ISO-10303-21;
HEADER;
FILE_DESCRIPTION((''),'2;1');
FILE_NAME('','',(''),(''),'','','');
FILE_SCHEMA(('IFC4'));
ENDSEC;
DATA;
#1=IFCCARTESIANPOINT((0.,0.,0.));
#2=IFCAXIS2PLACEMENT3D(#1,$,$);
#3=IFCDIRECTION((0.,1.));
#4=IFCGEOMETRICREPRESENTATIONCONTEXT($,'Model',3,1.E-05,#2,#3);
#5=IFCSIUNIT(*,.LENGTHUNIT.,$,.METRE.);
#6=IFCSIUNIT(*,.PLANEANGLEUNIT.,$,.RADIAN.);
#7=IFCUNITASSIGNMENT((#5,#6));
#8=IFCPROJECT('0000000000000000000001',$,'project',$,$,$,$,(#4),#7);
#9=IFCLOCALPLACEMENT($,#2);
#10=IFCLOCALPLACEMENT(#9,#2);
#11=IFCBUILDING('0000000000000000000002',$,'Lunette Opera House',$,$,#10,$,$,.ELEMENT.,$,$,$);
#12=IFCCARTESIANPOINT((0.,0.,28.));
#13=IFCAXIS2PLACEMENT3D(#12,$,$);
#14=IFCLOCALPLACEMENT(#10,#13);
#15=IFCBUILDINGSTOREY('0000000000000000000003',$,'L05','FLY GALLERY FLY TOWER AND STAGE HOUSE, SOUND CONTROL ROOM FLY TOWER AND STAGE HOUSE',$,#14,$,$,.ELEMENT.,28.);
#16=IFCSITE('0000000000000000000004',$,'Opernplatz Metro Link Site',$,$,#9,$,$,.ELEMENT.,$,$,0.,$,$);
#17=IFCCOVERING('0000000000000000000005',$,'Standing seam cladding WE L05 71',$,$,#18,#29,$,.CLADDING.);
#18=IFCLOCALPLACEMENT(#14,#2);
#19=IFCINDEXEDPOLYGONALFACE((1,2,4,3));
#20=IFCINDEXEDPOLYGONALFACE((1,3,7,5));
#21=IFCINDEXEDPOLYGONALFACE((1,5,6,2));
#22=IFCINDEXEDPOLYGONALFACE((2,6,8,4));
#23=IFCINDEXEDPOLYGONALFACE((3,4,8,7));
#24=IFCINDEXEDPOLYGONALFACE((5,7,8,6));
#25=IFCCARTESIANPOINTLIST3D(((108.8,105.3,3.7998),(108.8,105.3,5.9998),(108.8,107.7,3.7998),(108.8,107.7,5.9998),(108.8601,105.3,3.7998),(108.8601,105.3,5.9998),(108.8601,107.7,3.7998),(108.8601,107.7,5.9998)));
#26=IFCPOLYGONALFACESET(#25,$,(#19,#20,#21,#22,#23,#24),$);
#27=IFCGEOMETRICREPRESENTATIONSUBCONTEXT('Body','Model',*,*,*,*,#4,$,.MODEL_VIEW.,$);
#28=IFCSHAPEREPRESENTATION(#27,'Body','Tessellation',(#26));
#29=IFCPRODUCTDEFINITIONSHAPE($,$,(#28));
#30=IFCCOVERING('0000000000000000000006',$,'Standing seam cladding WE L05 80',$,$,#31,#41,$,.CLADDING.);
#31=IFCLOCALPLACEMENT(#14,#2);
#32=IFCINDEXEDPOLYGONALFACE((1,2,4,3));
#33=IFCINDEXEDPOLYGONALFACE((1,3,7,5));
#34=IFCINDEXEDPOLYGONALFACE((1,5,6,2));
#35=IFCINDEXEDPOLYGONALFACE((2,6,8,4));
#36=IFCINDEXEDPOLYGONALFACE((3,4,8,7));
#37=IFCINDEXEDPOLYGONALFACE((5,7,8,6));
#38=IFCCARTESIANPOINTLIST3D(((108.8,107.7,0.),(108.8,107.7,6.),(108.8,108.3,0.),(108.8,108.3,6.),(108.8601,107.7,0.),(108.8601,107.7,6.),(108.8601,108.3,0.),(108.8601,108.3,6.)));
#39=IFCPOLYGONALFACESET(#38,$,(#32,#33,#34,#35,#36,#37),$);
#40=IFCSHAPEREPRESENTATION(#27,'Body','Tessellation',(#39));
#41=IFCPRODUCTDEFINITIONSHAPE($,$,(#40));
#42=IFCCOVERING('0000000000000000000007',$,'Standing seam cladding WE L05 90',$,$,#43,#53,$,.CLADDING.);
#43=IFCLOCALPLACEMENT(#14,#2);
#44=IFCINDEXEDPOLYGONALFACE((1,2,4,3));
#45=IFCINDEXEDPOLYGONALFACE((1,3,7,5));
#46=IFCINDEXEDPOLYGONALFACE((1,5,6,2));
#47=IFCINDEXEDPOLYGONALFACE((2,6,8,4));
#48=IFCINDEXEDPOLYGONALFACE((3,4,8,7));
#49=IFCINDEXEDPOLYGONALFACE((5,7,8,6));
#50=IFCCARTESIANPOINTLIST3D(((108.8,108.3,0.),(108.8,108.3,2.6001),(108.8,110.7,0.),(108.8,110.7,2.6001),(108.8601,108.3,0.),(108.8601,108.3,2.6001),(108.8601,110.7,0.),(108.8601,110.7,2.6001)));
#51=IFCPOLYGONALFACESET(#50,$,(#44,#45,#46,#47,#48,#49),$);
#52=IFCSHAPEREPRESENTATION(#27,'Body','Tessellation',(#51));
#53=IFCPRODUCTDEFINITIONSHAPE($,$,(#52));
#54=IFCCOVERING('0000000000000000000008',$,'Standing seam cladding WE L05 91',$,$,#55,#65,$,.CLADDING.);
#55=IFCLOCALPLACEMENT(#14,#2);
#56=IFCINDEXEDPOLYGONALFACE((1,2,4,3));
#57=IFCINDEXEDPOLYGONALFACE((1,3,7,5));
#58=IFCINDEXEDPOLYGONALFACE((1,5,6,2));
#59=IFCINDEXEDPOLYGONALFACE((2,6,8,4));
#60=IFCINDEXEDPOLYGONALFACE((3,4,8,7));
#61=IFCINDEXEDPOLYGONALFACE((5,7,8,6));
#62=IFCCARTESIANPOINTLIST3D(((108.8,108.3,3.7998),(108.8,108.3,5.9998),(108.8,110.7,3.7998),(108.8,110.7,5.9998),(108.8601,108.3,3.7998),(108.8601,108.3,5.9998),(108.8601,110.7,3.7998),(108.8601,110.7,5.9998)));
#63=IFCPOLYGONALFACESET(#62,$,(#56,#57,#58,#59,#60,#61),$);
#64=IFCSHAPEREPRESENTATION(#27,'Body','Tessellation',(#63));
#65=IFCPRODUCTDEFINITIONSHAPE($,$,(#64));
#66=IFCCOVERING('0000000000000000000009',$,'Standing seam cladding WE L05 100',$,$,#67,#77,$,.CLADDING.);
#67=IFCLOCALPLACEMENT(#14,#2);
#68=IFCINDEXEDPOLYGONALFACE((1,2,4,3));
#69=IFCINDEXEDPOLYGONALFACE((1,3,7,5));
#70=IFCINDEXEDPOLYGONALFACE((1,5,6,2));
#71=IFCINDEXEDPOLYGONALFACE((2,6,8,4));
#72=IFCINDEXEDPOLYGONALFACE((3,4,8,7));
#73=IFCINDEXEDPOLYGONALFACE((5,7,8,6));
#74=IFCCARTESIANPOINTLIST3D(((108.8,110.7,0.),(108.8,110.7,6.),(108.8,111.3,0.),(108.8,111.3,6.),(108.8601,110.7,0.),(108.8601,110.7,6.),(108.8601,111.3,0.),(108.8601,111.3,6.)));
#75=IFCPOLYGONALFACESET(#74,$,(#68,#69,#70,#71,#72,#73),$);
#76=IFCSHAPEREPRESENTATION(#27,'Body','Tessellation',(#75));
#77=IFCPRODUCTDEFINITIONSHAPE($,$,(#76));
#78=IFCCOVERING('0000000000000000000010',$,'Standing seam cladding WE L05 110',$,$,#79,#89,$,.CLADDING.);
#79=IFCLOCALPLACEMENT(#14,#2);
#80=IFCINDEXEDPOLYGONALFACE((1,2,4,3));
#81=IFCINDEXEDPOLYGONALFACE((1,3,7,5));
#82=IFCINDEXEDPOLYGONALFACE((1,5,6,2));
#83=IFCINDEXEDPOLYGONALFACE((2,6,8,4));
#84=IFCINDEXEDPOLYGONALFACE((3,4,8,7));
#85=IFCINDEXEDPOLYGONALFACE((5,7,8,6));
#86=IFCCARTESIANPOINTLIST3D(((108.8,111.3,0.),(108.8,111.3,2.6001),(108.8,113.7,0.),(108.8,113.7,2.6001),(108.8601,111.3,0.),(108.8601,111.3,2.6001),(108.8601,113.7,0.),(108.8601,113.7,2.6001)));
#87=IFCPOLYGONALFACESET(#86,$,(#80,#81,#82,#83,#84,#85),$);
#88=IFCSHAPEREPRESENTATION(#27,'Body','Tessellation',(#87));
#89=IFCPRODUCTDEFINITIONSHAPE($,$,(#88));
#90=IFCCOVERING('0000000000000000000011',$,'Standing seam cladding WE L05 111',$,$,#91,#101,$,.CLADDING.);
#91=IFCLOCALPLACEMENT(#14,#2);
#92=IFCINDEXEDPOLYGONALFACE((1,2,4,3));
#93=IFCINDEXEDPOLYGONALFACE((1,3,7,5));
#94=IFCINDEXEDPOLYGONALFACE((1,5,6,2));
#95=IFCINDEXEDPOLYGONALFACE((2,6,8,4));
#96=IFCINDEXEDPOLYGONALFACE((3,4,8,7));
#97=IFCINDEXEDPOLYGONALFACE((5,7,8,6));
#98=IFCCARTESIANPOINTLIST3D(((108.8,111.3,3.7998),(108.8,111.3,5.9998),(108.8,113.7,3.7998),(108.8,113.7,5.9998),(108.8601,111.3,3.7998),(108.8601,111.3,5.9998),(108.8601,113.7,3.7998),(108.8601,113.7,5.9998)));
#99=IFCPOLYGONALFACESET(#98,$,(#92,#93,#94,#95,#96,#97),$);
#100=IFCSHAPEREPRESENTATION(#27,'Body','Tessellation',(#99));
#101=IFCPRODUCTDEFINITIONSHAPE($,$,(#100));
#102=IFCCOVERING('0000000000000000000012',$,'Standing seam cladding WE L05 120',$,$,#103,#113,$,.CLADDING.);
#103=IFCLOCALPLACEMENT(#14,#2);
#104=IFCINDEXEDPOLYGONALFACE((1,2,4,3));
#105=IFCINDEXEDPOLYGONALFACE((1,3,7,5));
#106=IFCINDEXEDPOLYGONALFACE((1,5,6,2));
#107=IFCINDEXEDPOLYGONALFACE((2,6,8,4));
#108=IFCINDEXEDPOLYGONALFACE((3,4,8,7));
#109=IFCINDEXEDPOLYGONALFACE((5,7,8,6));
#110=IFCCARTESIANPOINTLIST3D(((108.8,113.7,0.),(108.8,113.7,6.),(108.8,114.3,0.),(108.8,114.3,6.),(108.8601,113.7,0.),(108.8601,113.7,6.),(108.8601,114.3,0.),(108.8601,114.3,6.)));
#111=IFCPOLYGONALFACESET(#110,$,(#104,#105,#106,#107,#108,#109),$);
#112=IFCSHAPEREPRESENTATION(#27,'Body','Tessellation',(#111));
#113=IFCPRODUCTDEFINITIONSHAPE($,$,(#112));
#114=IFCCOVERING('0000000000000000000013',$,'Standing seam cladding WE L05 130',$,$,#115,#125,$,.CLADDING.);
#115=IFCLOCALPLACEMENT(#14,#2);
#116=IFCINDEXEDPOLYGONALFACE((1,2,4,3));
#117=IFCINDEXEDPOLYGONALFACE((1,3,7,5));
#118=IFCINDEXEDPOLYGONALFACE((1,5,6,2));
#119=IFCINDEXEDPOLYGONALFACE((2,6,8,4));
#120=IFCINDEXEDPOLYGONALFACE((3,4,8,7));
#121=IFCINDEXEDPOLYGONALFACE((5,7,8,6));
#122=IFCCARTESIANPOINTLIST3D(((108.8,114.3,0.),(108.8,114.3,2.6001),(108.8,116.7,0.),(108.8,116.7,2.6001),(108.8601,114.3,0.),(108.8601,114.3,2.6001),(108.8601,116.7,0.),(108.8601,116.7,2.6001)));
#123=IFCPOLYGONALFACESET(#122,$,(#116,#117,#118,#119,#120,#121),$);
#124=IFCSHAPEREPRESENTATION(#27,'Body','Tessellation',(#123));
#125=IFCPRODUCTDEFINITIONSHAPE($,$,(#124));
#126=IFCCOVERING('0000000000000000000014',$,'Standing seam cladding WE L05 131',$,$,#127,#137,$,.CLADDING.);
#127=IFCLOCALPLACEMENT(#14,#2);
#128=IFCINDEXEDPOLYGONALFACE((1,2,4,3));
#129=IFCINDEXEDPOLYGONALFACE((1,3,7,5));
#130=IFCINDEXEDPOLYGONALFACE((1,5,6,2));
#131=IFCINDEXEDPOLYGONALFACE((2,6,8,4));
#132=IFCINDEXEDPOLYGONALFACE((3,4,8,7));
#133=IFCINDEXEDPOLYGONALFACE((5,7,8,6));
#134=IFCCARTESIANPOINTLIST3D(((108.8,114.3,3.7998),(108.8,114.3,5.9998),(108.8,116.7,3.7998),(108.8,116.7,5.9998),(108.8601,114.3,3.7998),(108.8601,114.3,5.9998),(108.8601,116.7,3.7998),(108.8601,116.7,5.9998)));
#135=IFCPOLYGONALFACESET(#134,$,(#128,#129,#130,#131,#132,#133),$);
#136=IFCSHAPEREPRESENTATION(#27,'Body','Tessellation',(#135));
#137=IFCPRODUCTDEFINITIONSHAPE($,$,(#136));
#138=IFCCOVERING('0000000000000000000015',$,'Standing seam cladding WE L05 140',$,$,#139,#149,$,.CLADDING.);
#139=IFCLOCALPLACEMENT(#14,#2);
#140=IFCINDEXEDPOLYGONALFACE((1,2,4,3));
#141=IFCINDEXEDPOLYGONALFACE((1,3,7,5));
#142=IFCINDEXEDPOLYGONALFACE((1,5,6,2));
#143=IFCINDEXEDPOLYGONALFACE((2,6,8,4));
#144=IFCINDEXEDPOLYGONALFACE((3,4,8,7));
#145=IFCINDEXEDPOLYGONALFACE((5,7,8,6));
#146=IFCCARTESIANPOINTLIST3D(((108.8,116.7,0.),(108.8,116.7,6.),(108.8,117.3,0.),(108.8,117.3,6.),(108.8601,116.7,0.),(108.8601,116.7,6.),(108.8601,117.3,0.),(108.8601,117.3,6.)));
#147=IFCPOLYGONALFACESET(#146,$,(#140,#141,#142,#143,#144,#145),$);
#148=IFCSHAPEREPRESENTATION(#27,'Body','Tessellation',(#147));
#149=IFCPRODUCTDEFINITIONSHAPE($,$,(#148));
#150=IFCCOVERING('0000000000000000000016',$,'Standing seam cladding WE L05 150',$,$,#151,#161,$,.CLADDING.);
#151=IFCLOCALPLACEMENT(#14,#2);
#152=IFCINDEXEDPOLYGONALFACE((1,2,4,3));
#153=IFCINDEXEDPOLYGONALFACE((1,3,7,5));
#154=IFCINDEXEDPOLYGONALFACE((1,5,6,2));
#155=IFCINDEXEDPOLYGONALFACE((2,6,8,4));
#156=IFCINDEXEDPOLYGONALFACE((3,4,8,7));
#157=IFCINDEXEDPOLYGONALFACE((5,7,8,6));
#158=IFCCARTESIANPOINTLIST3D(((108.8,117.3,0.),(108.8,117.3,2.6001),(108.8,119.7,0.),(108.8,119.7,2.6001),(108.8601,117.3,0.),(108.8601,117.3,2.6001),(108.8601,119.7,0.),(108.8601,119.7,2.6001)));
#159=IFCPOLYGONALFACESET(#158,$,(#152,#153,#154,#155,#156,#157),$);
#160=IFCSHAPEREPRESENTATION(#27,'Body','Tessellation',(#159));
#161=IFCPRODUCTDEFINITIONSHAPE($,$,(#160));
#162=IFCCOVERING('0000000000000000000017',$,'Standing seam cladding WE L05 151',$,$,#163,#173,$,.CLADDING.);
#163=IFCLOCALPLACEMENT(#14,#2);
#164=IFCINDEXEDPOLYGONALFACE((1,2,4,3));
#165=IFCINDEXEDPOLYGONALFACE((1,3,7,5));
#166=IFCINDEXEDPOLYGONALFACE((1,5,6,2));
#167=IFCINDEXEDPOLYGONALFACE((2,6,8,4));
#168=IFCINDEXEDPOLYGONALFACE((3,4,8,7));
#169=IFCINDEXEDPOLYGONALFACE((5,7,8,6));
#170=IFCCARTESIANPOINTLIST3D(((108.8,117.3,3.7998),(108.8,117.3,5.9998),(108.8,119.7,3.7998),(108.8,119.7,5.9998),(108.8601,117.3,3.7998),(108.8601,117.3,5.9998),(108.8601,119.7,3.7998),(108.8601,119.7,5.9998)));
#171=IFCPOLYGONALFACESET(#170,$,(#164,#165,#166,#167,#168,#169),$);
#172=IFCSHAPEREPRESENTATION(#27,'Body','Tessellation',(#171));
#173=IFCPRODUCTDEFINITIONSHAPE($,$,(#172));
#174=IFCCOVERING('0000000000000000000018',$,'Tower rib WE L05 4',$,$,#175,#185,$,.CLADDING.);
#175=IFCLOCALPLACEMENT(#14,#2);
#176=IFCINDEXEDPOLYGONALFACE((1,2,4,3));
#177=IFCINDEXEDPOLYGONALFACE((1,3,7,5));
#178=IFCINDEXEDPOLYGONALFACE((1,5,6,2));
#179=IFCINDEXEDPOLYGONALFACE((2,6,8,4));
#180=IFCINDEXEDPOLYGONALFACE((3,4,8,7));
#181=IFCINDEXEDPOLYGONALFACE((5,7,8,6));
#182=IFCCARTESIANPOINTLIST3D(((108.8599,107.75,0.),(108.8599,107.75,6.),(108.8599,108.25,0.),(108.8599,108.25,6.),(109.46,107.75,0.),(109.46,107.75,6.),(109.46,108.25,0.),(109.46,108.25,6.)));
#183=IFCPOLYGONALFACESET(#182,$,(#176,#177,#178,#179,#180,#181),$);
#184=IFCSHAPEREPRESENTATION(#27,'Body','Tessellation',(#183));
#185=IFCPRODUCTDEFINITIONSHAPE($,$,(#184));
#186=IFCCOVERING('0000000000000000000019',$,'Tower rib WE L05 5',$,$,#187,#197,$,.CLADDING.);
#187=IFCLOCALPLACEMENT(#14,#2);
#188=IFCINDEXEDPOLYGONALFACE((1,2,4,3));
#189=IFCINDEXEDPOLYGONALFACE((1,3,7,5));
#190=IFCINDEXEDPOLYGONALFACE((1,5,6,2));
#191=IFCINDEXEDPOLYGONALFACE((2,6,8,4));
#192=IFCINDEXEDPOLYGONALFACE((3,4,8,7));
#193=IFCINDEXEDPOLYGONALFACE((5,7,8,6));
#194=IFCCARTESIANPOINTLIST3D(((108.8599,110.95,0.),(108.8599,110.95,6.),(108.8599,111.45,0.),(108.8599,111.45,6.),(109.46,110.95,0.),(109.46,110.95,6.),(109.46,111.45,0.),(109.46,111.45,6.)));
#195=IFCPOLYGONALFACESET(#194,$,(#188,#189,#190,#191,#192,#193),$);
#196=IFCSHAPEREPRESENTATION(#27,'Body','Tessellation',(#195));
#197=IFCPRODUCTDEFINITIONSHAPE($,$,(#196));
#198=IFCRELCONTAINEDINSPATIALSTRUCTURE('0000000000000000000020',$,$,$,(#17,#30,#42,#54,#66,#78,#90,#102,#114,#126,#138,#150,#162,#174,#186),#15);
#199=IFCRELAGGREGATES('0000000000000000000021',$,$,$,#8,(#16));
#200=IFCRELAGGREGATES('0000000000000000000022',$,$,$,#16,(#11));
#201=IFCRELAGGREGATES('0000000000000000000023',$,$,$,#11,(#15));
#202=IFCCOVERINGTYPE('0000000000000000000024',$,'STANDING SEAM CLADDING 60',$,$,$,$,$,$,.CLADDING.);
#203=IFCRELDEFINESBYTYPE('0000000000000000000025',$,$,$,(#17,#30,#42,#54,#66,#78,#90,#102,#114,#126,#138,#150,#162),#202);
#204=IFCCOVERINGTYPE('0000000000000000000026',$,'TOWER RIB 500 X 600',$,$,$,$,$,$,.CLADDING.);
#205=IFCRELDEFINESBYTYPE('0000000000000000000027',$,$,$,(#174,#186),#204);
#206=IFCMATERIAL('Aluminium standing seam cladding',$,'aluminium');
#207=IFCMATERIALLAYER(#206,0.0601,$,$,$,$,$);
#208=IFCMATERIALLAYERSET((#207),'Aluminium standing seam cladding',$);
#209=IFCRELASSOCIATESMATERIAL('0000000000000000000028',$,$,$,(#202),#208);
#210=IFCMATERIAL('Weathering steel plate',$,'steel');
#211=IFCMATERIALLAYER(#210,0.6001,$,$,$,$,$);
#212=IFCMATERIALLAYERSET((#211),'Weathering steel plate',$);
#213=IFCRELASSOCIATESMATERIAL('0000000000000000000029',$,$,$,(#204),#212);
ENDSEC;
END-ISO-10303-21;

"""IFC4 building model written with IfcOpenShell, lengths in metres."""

from ifc_helpers import new_model, si_unit, direction, frame, origin, origin_2d, place, context, subcontext, project, spatial, rectangle, extrude, material, layer, layer_set, type_object, element, save


model = new_model("IFC4")

# Units and contexts
model_context = context("Model", 3, precision=1e-05, world=origin(), true_north=direction((0.0, 1.0)))
body_context = subcontext(model_context, "Body", "Model", "MODEL_VIEW")
ifc_project = project(units=[si_unit("LENGTHUNIT", "METRE"), si_unit("PLANEANGLEUNIT", "RADIAN")], contexts=[model_context])

# Site, building, storey
site_placement = place(None, origin())
site = spatial("IfcSite", under=ifc_project, at=site_placement, Name="Opernplatz Metro Link Site", CompositionType="ELEMENT", RefElevation=0.0)
building_placement = place(site_placement, origin())
building = spatial("IfcBuilding", under=site, at=building_placement, Name="Lunette Opera House", CompositionType="ELEMENT")
storey_placement = place(building_placement, frame((0.0, 0.0, 28.0)))
storey = spatial("IfcBuildingStorey", under=building, at=storey_placement, Name="L05", Description="FLY GALLERY FLY TOWER AND STAGE HOUSE, SOUND CONTROL ROOM FLY TOWER AND STAGE HOUSE", CompositionType="ELEMENT", Elevation=28.0)

# Coverings
ifc_material_1 = material(Name="Aluminium standing seam cladding", Category="aluminium")
ifc_layer_1 = layer(ifc_material_1, 0.0601)
ifc_layer_set_1 = layer_set([ifc_layer_1], Name="Aluminium standing seam cladding")
covering_type_1 = type_object("IfcCoveringType", Name="STANDING SEAM CLADDING 60", PredefinedType="CLADDING", material=ifc_layer_set_1)
covering_1_placement = place(storey_placement, frame((108.8301, 106.5, 3.7998), z_axis=(0.0, 0.0, 1.0), x_axis=(0.0, 1.0, 0.0)))
element("IfcCovering", 1, at=covering_1_placement, inside=storey, type_object=covering_type_1, Name="Standing seam cladding WE L05 71", PredefinedType="CLADDING", context=body_context, shape_type="SweptSolid", body=[
    extrude(rectangle(XDim=2.3999, YDim=0.0601, at=origin_2d()), origin(), (0.0, 0.0, 1.0), 2.2),
])
covering_2_placement = place(storey_placement, frame((108.8301, 108.0, 0.0), z_axis=(0.0, 0.0, 1.0), x_axis=(0.0, 1.0, 0.0)))
element("IfcCovering", 2, at=covering_2_placement, inside=storey, type_object=covering_type_1, Name="Standing seam cladding WE L05 80", PredefinedType="CLADDING", context=body_context, shape_type="SweptSolid", body=[
    extrude(rectangle(XDim=0.6001, YDim=0.0601, at=origin_2d()), origin(), (0.0, 0.0, 1.0), 6.0),
])
covering_3_placement = place(storey_placement, frame((108.8301, 109.5, 0.0), z_axis=(0.0, 0.0, 1.0), x_axis=(0.0, 1.0, 0.0)))
element("IfcCovering", 3, at=covering_3_placement, inside=storey, type_object=covering_type_1, Name="Standing seam cladding WE L05 90", PredefinedType="CLADDING", context=body_context, shape_type="SweptSolid", body=[
    extrude(rectangle(XDim=2.3999, YDim=0.0601, at=origin_2d()), origin(), (0.0, 0.0, 1.0), 2.6001),
])
covering_4_placement = place(storey_placement, frame((108.8301, 109.5, 3.7998), z_axis=(0.0, 0.0, 1.0), x_axis=(0.0, 1.0, 0.0)))
element("IfcCovering", 4, at=covering_4_placement, inside=storey, type_object=covering_type_1, Name="Standing seam cladding WE L05 91", PredefinedType="CLADDING", context=body_context, shape_type="SweptSolid", body=[
    extrude(rectangle(XDim=2.3999, YDim=0.0601, at=origin_2d()), origin(), (0.0, 0.0, 1.0), 2.2),
])
covering_5_placement = place(storey_placement, frame((108.8301, 111.0, 0.0), z_axis=(0.0, 0.0, 1.0), x_axis=(0.0, 1.0, 0.0)))
element("IfcCovering", 5, at=covering_5_placement, inside=storey, type_object=covering_type_1, Name="Standing seam cladding WE L05 100", PredefinedType="CLADDING", context=body_context, shape_type="SweptSolid", body=[
    extrude(rectangle(XDim=0.6001, YDim=0.0601, at=origin_2d()), origin(), (0.0, 0.0, 1.0), 6.0),
])
covering_6_placement = place(storey_placement, frame((108.8301, 112.5, 0.0), z_axis=(0.0, 0.0, 1.0), x_axis=(0.0, 1.0, 0.0)))
element("IfcCovering", 6, at=covering_6_placement, inside=storey, type_object=covering_type_1, Name="Standing seam cladding WE L05 110", PredefinedType="CLADDING", context=body_context, shape_type="SweptSolid", body=[
    extrude(rectangle(XDim=2.3999, YDim=0.0601, at=origin_2d()), origin(), (0.0, 0.0, 1.0), 2.6001),
])
covering_7_placement = place(storey_placement, frame((108.8301, 112.5, 3.7998), z_axis=(0.0, 0.0, 1.0), x_axis=(0.0, 1.0, 0.0)))
element("IfcCovering", 7, at=covering_7_placement, inside=storey, type_object=covering_type_1, Name="Standing seam cladding WE L05 111", PredefinedType="CLADDING", context=body_context, shape_type="SweptSolid", body=[
    extrude(rectangle(XDim=2.3999, YDim=0.0601, at=origin_2d()), origin(), (0.0, 0.0, 1.0), 2.2),
])
covering_8_placement = place(storey_placement, frame((108.8301, 114.0, 0.0), z_axis=(0.0, 0.0, 1.0), x_axis=(0.0, 1.0, 0.0)))
element("IfcCovering", 8, at=covering_8_placement, inside=storey, type_object=covering_type_1, Name="Standing seam cladding WE L05 120", PredefinedType="CLADDING", context=body_context, shape_type="SweptSolid", body=[
    extrude(rectangle(XDim=0.6001, YDim=0.0601, at=origin_2d()), origin(), (0.0, 0.0, 1.0), 6.0),
])
covering_9_placement = place(storey_placement, frame((108.8301, 115.5, 0.0), z_axis=(0.0, 0.0, 1.0), x_axis=(0.0, 1.0, 0.0)))
element("IfcCovering", 9, at=covering_9_placement, inside=storey, type_object=covering_type_1, Name="Standing seam cladding WE L05 130", PredefinedType="CLADDING", context=body_context, shape_type="SweptSolid", body=[
    extrude(rectangle(XDim=2.3999, YDim=0.0601, at=origin_2d()), origin(), (0.0, 0.0, 1.0), 2.6001),
])
covering_10_placement = place(storey_placement, frame((108.8301, 115.5, 3.7998), z_axis=(0.0, 0.0, 1.0), x_axis=(0.0, 1.0, 0.0)))
element("IfcCovering", 10, at=covering_10_placement, inside=storey, type_object=covering_type_1, Name="Standing seam cladding WE L05 131", PredefinedType="CLADDING", context=body_context, shape_type="SweptSolid", body=[
    extrude(rectangle(XDim=2.3999, YDim=0.0601, at=origin_2d()), origin(), (0.0, 0.0, 1.0), 2.2),
])
covering_11_placement = place(storey_placement, frame((108.8301, 117.0, 0.0), z_axis=(0.0, 0.0, 1.0), x_axis=(0.0, 1.0, 0.0)))
element("IfcCovering", 11, at=covering_11_placement, inside=storey, type_object=covering_type_1, Name="Standing seam cladding WE L05 140", PredefinedType="CLADDING", context=body_context, shape_type="SweptSolid", body=[
    extrude(rectangle(XDim=0.6001, YDim=0.0601, at=origin_2d()), origin(), (0.0, 0.0, 1.0), 6.0),
])
covering_12_placement = place(storey_placement, frame((108.8301, 118.5, 0.0), z_axis=(0.0, 0.0, 1.0), x_axis=(0.0, 1.0, 0.0)))
element("IfcCovering", 12, at=covering_12_placement, inside=storey, type_object=covering_type_1, Name="Standing seam cladding WE L05 150", PredefinedType="CLADDING", context=body_context, shape_type="SweptSolid", body=[
    extrude(rectangle(XDim=2.3999, YDim=0.0601, at=origin_2d()), origin(), (0.0, 0.0, 1.0), 2.6001),
])
covering_13_placement = place(storey_placement, frame((108.8301, 118.5, 3.7998), z_axis=(0.0, 0.0, 1.0), x_axis=(0.0, 1.0, 0.0)))
element("IfcCovering", 13, at=covering_13_placement, inside=storey, type_object=covering_type_1, Name="Standing seam cladding WE L05 151", PredefinedType="CLADDING", context=body_context, shape_type="SweptSolid", body=[
    extrude(rectangle(XDim=2.3999, YDim=0.0601, at=origin_2d()), origin(), (0.0, 0.0, 1.0), 2.2),
])
ifc_material_2 = material(Name="Weathering steel plate", Category="steel")
ifc_layer_2 = layer(ifc_material_2, 0.6001)
ifc_layer_set_2 = layer_set([ifc_layer_2], Name="Weathering steel plate")
covering_type_2 = type_object("IfcCoveringType", Name="TOWER RIB 500 X 600", PredefinedType="CLADDING", material=ifc_layer_set_2)
for number, where, z_axis, x_axis, name in (
    (14, (109.1599, 108.0, 0.0), (0.0, 0.0, 1.0), (0.0, 1.0, 0.0), "Tower rib WE L05 4"),
    (15, (109.1599, 111.2, 0.0), (0.0, 0.0, 1.0), (0.0, 1.0, 0.0), "Tower rib WE L05 5"),
):
    element("IfcCovering", number, at=place(storey_placement, frame(where, z_axis=z_axis, x_axis=x_axis)), inside=storey, type_object=covering_type_2, Name=name, PredefinedType="CLADDING", context=body_context, shape_type="SweptSolid", body=[
        extrude(rectangle(XDim=0.5, YDim=0.6001, at=origin_2d()), origin(), (0.0, 0.0, 1.0), 6.0),
    ])

save(model, "model.ifc")
